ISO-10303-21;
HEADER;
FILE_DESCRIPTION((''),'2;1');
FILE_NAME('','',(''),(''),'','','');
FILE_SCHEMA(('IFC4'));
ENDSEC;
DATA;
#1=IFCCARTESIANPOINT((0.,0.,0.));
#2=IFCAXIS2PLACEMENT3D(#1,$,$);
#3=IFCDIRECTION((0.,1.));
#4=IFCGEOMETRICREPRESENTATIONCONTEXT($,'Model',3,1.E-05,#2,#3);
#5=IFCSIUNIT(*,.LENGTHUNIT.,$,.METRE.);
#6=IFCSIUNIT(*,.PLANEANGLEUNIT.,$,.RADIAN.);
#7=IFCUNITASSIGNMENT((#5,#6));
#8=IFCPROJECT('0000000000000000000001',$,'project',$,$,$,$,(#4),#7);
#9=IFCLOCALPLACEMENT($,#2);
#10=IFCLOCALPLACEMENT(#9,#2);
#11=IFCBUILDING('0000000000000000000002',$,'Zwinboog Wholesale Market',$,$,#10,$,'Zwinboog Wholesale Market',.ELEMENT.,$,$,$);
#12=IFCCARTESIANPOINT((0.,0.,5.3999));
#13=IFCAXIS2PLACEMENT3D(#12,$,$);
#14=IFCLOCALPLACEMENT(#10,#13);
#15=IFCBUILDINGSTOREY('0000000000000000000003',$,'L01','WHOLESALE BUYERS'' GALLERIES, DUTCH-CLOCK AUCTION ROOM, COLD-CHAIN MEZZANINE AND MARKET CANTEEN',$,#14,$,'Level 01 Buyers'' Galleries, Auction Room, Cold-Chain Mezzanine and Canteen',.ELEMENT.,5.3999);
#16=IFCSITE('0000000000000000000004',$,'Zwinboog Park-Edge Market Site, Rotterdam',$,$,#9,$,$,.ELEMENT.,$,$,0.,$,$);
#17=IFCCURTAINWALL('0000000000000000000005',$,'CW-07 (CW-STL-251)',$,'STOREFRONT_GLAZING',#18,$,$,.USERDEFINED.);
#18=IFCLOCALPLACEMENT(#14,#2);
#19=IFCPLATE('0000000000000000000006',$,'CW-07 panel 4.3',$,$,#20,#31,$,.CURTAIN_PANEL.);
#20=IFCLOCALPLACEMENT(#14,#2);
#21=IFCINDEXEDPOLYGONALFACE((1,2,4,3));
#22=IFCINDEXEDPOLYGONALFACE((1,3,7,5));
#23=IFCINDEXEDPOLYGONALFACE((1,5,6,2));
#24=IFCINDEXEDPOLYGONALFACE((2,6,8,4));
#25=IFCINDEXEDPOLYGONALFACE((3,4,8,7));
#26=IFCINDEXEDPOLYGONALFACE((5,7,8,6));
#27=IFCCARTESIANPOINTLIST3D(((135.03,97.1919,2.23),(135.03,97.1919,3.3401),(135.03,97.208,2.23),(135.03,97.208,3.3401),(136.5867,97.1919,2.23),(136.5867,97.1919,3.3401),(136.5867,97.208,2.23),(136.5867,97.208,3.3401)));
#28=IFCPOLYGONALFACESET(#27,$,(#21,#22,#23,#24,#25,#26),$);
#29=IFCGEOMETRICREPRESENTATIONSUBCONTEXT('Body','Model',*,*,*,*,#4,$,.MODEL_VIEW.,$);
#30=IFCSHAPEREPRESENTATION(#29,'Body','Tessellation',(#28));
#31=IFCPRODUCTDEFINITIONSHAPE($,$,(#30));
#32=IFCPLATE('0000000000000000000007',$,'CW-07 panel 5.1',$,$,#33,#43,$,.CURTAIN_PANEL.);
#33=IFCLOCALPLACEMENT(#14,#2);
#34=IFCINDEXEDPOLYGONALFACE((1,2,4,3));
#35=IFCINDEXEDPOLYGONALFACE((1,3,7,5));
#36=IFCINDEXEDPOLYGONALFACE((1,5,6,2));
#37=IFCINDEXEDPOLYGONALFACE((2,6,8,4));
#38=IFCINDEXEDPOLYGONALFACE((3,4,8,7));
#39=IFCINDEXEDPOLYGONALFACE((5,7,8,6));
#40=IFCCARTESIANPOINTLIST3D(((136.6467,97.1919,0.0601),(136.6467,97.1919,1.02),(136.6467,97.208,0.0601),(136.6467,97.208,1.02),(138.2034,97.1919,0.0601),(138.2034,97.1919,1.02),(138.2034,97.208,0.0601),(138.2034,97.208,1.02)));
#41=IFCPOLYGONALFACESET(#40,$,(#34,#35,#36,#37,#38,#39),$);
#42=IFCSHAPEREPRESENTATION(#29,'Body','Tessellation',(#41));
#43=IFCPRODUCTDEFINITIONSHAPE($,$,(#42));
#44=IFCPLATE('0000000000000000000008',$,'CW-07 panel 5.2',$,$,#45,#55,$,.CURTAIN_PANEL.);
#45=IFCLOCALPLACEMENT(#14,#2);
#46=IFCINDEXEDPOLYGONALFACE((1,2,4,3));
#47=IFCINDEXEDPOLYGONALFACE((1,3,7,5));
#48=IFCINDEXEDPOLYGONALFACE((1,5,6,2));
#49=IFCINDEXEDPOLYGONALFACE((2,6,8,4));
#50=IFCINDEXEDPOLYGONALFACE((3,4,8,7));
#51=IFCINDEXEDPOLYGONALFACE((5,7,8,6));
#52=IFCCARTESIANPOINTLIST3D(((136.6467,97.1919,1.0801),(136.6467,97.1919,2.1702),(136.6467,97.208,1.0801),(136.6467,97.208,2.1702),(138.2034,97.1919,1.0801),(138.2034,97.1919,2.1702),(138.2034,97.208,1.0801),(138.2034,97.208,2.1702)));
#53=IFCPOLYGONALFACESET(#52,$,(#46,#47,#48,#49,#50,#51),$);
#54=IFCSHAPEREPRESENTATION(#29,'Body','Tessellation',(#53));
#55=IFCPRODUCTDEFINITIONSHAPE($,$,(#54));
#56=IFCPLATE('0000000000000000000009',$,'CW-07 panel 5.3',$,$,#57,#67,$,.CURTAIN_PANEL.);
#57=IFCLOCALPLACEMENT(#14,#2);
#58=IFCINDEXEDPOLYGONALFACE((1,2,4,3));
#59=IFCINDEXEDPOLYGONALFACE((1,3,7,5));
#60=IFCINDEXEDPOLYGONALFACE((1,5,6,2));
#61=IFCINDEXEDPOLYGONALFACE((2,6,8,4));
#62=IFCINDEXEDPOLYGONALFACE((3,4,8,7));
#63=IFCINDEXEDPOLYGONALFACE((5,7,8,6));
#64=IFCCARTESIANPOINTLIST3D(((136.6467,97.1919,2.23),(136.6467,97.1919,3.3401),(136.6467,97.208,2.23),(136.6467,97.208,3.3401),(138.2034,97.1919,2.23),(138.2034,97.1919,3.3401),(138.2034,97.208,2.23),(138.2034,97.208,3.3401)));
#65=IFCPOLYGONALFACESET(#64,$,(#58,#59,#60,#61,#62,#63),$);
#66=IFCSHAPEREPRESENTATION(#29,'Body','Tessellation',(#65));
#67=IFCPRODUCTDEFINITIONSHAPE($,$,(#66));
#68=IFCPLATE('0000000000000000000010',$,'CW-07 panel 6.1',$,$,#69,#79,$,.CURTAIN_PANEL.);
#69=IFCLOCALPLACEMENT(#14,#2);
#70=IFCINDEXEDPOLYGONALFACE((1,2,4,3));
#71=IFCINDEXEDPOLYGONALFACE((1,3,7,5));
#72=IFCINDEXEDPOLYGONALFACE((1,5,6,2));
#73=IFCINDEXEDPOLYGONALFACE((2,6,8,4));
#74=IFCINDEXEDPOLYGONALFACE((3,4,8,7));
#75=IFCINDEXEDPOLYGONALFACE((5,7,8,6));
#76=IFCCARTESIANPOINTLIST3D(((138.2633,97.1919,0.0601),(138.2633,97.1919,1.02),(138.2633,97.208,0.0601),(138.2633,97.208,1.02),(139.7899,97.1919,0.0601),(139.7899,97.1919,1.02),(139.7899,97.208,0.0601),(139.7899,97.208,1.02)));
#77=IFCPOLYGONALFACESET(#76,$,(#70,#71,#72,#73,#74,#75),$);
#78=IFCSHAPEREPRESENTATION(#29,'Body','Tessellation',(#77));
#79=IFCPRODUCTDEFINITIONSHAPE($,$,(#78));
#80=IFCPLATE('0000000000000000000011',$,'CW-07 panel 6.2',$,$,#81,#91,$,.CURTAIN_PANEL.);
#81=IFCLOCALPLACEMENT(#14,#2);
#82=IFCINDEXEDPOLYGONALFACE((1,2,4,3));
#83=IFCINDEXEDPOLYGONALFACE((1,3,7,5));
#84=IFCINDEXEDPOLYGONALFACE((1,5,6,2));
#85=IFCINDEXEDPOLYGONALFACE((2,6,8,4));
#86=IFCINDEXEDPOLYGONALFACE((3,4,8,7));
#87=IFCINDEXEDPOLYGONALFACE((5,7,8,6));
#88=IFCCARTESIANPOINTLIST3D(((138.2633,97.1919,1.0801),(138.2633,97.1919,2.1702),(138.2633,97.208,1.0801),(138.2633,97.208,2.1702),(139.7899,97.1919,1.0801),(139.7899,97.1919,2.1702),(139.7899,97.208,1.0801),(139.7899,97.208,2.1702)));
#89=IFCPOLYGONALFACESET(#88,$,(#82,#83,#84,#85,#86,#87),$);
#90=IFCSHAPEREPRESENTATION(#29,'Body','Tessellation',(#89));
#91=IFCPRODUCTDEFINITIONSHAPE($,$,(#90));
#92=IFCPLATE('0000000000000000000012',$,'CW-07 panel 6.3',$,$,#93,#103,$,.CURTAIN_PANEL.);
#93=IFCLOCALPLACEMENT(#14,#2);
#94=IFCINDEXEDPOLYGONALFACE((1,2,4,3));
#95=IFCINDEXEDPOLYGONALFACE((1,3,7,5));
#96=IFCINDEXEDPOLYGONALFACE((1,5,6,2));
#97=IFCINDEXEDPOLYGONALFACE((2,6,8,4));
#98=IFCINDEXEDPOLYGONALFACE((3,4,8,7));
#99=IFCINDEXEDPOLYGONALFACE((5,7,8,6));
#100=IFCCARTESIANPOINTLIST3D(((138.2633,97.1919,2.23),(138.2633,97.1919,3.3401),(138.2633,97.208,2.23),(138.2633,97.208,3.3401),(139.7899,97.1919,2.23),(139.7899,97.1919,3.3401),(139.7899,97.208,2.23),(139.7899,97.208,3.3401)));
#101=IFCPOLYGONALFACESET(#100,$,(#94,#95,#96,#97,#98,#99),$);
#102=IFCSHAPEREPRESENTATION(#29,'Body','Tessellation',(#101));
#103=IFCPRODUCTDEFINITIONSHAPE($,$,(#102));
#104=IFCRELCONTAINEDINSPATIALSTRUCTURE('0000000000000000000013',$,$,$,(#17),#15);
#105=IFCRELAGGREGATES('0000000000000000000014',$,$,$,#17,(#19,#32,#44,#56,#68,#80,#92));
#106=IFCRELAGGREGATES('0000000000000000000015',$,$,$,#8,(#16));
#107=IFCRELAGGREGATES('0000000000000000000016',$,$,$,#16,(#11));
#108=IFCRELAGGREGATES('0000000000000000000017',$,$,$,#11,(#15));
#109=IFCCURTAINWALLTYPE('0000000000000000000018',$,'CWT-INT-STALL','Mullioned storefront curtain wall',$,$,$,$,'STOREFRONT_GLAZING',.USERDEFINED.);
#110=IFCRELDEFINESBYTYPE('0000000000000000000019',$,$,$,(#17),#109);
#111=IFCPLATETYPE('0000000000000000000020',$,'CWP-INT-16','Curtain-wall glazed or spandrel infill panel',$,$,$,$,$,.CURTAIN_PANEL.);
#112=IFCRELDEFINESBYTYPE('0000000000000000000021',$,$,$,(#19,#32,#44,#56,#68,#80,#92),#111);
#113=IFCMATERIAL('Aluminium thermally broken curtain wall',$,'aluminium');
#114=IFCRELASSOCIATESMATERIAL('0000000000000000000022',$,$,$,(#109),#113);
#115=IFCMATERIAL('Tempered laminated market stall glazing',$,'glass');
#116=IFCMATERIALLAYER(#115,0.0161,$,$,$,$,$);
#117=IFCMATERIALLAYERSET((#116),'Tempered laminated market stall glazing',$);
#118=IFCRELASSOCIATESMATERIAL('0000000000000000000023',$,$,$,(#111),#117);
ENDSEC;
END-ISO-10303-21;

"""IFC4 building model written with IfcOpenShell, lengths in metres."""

from ifc_helpers import new_model, si_unit, direction, frame, origin, origin_2d, place, context, subcontext, project, spatial, rectangle, extrude, material, layer, layer_set, type_object, element, aggregate, save


model = new_model("IFC4")

# Units and contexts
model_context = context("Model", 3, precision=1e-05, world=origin(), true_north=direction((0.0, 1.0)))
body_context = subcontext(model_context, "Body", "Model", "MODEL_VIEW")
ifc_project = project(units=[si_unit("LENGTHUNIT", "METRE"), si_unit("PLANEANGLEUNIT", "RADIAN")], contexts=[model_context])

# Site, building, storey
site_placement = place(None, origin())
site = spatial("IfcSite", under=ifc_project, at=site_placement, Name="Zwinboog Park-Edge Market Site, Rotterdam", CompositionType="ELEMENT", RefElevation=0.0)
building_placement = place(site_placement, origin())
building = spatial("IfcBuilding", under=site, at=building_placement, Name="Zwinboog Wholesale Market", LongName="Zwinboog Wholesale Market", CompositionType="ELEMENT")
storey_placement = place(building_placement, frame((0.0, 0.0, 5.3999)))
storey = spatial("IfcBuildingStorey", under=building, at=storey_placement, Name="L01", Description="WHOLESALE BUYERS' GALLERIES, DUTCH-CLOCK AUCTION ROOM, COLD-CHAIN MEZZANINE AND MARKET CANTEEN", LongName="Level 01 Buyers' Galleries, Auction Room, Cold-Chain Mezzanine and Canteen", CompositionType="ELEMENT", Elevation=5.3999)

# Curtain wall, plates
ifc_material_1 = material(Name="Aluminium thermally broken curtain wall", Category="aluminium")
curtain_wall_type = type_object("IfcCurtainWallType", Name="CWT-INT-STALL", Description="Mullioned storefront curtain wall", ElementType="STOREFRONT_GLAZING", PredefinedType="USERDEFINED", material=ifc_material_1)
curtain_wall_placement = place(storey_placement, origin())
curtain_wall = element("IfcCurtainWall", 1, at=curtain_wall_placement, inside=storey, type_object=curtain_wall_type, Name="CW-07 (CW-STL-251)", ObjectType="STOREFRONT_GLAZING", PredefinedType="USERDEFINED")
ifc_material_2 = material(Name="Tempered laminated market stall glazing", Category="glass")
ifc_layer = layer(ifc_material_2, 0.0161)
ifc_layer_set = layer_set([ifc_layer], Name="Tempered laminated market stall glazing")
plate_type = type_object("IfcPlateType", Name="CWP-INT-16", Description="Curtain-wall glazed or spandrel infill panel", PredefinedType="CURTAIN_PANEL", material=ifc_layer_set)
plate_1_placement = place(storey_placement, frame((135.8083, 97.2, 2.23), z_axis=(0.0, 0.0, 1.0), x_axis=(1.0, 0.0, 0.0)))
plate_1 = element("IfcPlate", 2, at=plate_1_placement, type_object=plate_type, Name="CW-07 panel 4.3", PredefinedType="CURTAIN_PANEL", context=body_context, shape_type="SweptSolid", body=[
    extrude(rectangle(XDim=1.5566, YDim=0.0161, at=origin_2d()), origin(), (0.0, 0.0, 1.0), 1.1101),
])
plate_2_placement = place(storey_placement, frame((137.425, 97.2, 0.0601), z_axis=(0.0, 0.0, 1.0), x_axis=(1.0, 0.0, 0.0)))
plate_2 = element("IfcPlate", 3, at=plate_2_placement, type_object=plate_type, Name="CW-07 panel 5.1", PredefinedType="CURTAIN_PANEL", context=body_context, shape_type="SweptSolid", body=[
    extrude(rectangle(XDim=1.5566, YDim=0.0161, at=origin_2d()), origin(), (0.0, 0.0, 1.0), 0.96),
])
plate_3_placement = place(storey_placement, frame((137.425, 97.2, 1.0801), z_axis=(0.0, 0.0, 1.0), x_axis=(1.0, 0.0, 0.0)))
plate_3 = element("IfcPlate", 4, at=plate_3_placement, type_object=plate_type, Name="CW-07 panel 5.2", PredefinedType="CURTAIN_PANEL", context=body_context, shape_type="SweptSolid", body=[
    extrude(rectangle(XDim=1.5566, YDim=0.0161, at=origin_2d()), origin(), (0.0, 0.0, 1.0), 1.0901),
])
plate_4_placement = place(storey_placement, frame((137.425, 97.2, 2.23), z_axis=(0.0, 0.0, 1.0), x_axis=(1.0, 0.0, 0.0)))
plate_4 = element("IfcPlate", 5, at=plate_4_placement, type_object=plate_type, Name="CW-07 panel 5.3", PredefinedType="CURTAIN_PANEL", context=body_context, shape_type="SweptSolid", body=[
    extrude(rectangle(XDim=1.5566, YDim=0.0161, at=origin_2d()), origin(), (0.0, 0.0, 1.0), 1.1101),
])
plate_5_placement = place(storey_placement, frame((139.0266, 97.2, 0.0601), z_axis=(0.0, 0.0, 1.0), x_axis=(1.0, 0.0, 0.0)))
plate_5 = element("IfcPlate", 6, at=plate_5_placement, type_object=plate_type, Name="CW-07 panel 6.1", PredefinedType="CURTAIN_PANEL", context=body_context, shape_type="SweptSolid", body=[
    extrude(rectangle(XDim=1.5266, YDim=0.0161, at=origin_2d()), origin(), (0.0, 0.0, 1.0), 0.96),
])
plate_6_placement = place(storey_placement, frame((139.0266, 97.2, 1.0801), z_axis=(0.0, 0.0, 1.0), x_axis=(1.0, 0.0, 0.0)))
plate_6 = element("IfcPlate", 7, at=plate_6_placement, type_object=plate_type, Name="CW-07 panel 6.2", PredefinedType="CURTAIN_PANEL", context=body_context, shape_type="SweptSolid", body=[
    extrude(rectangle(XDim=1.5266, YDim=0.0161, at=origin_2d()), origin(), (0.0, 0.0, 1.0), 1.0901),
])
plate_7_placement = place(storey_placement, frame((139.0266, 97.2, 2.23), z_axis=(0.0, 0.0, 1.0), x_axis=(1.0, 0.0, 0.0)))
plate_7 = element("IfcPlate", 8, at=plate_7_placement, type_object=plate_type, Name="CW-07 panel 6.3", PredefinedType="CURTAIN_PANEL", context=body_context, shape_type="SweptSolid", body=[
    extrude(rectangle(XDim=1.5266, YDim=0.0161, at=origin_2d()), origin(), (0.0, 0.0, 1.0), 1.1101),
])
aggregate(curtain_wall, [plate_1, plate_2, plate_3, plate_4, plate_5, plate_6, plate_7])

save(model, "model.ifc")
